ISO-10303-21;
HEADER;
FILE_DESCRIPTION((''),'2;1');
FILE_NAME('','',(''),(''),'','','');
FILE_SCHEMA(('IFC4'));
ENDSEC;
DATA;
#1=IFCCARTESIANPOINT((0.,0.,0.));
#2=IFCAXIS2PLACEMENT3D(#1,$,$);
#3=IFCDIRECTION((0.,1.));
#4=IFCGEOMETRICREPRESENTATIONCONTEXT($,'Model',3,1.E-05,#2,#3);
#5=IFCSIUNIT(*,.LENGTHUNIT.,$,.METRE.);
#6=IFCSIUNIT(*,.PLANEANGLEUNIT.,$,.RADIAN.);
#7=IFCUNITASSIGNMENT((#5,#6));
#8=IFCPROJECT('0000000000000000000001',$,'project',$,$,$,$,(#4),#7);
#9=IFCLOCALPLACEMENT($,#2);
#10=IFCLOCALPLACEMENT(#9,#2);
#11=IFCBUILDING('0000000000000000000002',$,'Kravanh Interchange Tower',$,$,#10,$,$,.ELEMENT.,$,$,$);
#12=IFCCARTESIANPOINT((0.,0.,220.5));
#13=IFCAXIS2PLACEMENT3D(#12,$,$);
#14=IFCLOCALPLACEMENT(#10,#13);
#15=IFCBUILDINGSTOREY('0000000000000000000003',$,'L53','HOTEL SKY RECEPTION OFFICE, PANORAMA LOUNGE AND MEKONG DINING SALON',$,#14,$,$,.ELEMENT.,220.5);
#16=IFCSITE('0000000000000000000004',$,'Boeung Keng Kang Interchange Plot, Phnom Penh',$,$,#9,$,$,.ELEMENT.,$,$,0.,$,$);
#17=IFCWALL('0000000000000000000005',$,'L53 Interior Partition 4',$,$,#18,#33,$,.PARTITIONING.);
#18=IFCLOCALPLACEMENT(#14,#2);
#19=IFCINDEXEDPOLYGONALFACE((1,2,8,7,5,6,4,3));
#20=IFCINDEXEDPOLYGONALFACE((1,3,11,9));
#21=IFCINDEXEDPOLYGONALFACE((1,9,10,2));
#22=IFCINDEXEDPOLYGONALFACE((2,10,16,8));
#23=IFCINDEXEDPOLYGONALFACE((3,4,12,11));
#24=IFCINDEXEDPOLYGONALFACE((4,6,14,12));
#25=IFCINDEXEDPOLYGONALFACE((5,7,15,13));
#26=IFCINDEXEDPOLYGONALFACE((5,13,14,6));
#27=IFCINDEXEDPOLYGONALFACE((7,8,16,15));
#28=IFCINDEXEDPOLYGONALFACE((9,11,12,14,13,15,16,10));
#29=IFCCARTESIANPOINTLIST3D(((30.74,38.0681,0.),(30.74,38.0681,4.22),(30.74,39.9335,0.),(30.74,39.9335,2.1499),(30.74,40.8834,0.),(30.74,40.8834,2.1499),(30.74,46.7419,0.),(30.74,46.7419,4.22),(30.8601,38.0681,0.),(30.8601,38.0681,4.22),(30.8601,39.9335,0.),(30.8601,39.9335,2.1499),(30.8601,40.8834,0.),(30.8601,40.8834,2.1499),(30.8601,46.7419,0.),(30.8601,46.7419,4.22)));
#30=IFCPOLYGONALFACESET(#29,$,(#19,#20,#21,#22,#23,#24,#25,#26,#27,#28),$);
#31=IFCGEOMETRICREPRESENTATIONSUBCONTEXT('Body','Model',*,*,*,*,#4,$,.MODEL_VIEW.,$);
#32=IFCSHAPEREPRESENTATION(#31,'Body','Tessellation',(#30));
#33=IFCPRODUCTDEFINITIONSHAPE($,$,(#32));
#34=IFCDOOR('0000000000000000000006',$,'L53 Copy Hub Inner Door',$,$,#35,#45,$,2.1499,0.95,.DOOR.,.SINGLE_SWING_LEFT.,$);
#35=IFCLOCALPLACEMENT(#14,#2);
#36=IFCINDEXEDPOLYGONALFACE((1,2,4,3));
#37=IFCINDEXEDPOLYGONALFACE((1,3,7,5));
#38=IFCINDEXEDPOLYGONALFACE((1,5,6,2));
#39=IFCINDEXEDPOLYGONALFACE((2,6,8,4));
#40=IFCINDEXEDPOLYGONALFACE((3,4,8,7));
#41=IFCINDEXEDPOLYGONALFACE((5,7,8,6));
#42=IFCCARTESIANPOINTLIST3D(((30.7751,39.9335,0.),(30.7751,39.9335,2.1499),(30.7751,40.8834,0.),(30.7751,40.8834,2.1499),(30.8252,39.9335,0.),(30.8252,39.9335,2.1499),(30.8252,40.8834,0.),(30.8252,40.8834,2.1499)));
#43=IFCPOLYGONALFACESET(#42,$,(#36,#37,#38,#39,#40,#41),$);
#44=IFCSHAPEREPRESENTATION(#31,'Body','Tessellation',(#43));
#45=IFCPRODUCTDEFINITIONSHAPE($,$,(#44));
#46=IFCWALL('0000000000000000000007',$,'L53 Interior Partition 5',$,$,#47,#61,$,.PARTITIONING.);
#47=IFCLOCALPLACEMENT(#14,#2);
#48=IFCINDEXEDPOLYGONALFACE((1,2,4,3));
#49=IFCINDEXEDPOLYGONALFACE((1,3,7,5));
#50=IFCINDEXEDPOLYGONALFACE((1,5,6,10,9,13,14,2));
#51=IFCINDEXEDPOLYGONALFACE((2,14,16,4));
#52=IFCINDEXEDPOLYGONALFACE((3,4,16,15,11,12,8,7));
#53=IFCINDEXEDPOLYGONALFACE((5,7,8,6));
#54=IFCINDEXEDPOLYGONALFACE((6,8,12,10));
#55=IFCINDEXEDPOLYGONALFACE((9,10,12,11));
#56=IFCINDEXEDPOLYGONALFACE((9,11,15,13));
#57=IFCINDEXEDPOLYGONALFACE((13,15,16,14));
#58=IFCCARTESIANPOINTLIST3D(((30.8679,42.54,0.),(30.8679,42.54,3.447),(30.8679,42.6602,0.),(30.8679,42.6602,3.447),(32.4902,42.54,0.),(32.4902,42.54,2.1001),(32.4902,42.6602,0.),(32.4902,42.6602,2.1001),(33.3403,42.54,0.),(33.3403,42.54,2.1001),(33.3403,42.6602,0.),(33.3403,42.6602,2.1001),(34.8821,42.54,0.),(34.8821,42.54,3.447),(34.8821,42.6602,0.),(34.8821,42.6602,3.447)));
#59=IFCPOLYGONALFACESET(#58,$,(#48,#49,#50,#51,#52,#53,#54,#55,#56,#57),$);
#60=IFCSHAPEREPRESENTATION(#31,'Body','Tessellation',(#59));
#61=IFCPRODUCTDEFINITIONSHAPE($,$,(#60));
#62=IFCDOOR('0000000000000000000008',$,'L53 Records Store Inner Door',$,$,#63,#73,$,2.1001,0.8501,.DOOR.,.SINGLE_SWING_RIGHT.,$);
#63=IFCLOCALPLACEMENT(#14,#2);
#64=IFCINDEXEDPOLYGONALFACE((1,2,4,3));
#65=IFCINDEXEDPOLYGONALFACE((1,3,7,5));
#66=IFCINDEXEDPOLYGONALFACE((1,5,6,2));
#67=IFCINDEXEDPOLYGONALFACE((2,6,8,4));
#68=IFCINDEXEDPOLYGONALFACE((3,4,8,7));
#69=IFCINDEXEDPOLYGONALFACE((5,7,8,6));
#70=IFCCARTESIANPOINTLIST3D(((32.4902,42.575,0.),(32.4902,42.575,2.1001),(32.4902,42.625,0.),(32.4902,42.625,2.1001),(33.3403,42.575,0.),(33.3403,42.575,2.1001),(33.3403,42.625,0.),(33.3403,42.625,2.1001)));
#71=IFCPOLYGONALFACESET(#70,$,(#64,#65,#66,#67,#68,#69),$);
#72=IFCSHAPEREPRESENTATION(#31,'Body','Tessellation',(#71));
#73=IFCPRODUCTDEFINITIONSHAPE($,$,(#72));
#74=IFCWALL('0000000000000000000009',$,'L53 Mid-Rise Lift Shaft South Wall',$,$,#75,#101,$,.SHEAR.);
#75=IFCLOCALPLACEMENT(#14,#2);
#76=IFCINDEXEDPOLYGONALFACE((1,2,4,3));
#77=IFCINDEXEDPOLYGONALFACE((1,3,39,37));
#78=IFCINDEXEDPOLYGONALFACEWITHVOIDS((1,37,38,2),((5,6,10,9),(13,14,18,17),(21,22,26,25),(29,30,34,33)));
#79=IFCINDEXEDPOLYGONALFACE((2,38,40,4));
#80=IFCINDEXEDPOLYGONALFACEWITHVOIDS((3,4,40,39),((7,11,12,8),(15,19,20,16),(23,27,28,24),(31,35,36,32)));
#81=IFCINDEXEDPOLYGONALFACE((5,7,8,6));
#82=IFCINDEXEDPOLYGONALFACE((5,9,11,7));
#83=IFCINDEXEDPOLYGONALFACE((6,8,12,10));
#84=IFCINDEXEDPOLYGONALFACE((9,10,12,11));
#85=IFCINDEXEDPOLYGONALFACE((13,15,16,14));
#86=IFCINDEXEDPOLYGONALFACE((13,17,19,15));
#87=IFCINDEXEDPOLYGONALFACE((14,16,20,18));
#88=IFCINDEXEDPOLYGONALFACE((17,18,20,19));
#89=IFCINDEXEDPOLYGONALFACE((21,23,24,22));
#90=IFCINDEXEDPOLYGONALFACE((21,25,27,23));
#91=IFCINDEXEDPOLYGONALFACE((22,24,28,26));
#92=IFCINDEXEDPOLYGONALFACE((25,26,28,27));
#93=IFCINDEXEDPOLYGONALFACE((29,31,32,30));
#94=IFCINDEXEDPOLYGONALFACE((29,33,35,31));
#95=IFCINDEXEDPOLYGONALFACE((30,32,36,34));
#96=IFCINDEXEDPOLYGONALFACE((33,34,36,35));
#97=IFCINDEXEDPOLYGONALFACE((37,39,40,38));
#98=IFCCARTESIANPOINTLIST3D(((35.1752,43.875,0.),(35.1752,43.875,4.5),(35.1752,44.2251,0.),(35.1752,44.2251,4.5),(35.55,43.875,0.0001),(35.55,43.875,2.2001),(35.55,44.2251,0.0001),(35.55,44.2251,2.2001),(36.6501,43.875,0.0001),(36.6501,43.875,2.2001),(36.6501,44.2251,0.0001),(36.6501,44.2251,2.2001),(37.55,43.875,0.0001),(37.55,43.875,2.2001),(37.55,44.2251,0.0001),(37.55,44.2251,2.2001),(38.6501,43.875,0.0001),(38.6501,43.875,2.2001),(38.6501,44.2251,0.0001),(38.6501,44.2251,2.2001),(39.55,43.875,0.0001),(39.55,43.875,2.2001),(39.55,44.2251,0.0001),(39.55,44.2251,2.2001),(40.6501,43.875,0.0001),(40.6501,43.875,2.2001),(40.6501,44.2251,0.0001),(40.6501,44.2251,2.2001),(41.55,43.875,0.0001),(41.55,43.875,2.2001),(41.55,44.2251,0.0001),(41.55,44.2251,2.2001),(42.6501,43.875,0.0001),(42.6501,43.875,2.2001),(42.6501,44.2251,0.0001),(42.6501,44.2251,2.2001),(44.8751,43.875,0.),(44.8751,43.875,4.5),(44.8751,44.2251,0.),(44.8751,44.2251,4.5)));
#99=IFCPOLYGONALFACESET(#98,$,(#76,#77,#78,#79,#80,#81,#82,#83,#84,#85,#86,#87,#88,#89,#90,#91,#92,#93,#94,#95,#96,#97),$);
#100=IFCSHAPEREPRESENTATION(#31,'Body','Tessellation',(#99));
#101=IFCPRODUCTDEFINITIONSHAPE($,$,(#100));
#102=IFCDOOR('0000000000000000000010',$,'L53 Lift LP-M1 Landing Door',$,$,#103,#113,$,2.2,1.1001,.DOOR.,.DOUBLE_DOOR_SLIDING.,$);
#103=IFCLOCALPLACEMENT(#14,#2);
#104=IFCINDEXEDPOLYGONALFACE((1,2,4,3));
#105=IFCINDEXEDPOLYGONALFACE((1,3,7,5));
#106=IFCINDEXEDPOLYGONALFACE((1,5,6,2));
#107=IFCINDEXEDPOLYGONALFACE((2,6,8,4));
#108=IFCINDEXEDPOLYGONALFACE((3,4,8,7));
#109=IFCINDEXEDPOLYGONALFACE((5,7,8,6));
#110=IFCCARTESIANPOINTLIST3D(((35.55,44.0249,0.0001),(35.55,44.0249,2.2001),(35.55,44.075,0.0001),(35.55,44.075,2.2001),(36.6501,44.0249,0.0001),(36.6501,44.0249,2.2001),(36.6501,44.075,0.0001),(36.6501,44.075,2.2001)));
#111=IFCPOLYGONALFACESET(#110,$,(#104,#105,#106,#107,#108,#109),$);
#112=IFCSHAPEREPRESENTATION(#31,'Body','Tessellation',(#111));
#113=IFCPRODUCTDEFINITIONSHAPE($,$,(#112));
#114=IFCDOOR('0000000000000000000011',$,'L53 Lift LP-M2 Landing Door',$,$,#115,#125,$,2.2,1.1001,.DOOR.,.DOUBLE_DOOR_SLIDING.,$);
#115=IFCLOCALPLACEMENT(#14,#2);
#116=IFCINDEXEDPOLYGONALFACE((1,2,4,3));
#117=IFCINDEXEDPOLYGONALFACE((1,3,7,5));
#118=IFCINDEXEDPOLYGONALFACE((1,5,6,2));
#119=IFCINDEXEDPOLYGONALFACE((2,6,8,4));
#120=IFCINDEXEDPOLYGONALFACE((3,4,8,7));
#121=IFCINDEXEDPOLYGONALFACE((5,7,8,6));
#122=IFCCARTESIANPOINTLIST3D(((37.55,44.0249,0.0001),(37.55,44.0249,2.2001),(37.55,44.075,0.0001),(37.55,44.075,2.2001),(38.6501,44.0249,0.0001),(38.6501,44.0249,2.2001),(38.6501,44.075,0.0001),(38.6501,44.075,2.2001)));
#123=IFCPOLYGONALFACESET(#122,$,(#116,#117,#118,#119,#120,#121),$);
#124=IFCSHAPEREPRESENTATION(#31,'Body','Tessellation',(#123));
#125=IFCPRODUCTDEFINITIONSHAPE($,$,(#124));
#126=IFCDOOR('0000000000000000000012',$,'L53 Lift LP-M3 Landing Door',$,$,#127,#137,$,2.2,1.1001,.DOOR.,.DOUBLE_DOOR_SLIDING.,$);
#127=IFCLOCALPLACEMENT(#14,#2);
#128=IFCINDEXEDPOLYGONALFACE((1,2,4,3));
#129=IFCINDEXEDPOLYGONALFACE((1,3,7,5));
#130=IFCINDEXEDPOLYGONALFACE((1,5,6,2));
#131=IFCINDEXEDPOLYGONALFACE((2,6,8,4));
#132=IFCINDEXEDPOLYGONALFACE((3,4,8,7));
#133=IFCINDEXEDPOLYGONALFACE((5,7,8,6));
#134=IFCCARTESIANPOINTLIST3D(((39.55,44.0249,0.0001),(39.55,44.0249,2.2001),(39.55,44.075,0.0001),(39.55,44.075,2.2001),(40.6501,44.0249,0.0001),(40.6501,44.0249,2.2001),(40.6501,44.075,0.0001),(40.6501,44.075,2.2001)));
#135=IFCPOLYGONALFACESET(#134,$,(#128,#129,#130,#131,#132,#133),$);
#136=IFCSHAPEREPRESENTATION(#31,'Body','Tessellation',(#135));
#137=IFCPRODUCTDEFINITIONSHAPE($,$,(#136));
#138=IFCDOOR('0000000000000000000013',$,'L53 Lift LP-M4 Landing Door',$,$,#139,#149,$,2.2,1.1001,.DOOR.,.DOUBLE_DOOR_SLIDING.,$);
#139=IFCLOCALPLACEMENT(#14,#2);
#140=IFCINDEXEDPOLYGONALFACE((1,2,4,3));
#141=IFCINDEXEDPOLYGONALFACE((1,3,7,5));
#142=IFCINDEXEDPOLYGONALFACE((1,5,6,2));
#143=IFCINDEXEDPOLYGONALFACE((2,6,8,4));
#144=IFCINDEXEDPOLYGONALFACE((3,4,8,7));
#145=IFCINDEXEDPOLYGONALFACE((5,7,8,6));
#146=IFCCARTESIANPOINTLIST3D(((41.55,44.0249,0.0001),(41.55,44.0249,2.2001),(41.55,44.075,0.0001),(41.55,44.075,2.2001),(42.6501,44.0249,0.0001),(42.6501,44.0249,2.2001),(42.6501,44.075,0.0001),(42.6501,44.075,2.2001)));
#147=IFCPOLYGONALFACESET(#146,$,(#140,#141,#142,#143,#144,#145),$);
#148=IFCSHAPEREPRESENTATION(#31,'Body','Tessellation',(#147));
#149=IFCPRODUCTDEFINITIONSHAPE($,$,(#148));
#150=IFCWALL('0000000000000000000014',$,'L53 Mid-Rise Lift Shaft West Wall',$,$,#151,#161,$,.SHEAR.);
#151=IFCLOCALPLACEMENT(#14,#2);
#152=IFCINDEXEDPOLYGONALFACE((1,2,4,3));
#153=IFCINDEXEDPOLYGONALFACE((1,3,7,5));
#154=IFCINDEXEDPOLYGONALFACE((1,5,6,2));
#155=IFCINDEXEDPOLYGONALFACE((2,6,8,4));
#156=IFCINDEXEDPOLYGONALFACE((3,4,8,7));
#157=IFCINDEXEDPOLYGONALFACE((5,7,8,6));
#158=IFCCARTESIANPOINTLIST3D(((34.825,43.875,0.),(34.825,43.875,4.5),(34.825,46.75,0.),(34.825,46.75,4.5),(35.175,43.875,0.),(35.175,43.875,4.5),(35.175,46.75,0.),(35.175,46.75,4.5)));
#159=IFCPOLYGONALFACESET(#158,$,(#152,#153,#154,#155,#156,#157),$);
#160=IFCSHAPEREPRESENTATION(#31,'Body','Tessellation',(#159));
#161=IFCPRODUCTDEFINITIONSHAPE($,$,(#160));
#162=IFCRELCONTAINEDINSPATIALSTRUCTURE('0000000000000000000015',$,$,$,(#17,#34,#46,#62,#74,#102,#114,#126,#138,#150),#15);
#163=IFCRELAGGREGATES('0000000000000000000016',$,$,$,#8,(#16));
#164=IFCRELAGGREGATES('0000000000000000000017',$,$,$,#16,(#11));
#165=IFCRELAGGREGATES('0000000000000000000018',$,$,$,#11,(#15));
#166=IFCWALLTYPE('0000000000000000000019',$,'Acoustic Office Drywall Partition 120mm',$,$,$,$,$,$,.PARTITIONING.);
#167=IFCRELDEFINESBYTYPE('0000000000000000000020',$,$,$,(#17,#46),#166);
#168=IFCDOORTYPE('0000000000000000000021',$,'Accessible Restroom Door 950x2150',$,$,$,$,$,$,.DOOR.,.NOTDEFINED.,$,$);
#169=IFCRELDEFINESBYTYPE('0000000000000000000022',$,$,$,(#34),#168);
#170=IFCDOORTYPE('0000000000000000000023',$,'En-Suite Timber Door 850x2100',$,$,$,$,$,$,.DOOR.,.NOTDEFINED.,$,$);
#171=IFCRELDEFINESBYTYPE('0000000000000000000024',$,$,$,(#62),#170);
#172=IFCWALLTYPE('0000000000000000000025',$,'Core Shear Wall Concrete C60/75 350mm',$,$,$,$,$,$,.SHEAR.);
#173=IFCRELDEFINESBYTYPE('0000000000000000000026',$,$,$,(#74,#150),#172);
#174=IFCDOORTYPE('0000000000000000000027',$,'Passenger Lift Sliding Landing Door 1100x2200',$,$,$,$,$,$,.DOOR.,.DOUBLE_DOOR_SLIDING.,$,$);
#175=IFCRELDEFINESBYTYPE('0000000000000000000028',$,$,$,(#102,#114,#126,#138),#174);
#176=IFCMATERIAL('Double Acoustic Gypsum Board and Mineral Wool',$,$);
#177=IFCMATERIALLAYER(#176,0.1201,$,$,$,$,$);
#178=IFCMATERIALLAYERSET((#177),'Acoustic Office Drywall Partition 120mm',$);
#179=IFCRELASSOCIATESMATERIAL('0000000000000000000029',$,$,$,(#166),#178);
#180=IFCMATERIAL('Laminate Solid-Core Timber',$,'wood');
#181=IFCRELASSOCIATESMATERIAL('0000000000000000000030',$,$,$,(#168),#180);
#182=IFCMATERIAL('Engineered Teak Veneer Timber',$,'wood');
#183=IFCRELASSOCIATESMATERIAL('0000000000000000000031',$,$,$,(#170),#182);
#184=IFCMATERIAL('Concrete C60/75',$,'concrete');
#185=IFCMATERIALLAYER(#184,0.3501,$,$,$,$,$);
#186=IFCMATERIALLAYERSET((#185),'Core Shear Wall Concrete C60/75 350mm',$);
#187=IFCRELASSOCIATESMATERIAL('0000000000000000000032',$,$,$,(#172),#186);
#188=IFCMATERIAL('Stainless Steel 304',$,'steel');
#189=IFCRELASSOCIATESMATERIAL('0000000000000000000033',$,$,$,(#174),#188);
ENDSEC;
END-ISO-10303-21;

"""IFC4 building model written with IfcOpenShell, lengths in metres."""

from ifc_helpers import new_model, si_unit, direction, frame, frame_2d, origin, place, context, subcontext, project, spatial, rectangle, extrude, material, layer, layer_set, type_object, element, fill, save


model = new_model("IFC4")

# Units and contexts
model_context = context("Model", 3, precision=1e-05, world=origin(), true_north=direction((0.0, 1.0)))
body_context = subcontext(model_context, "Body", "Model", "MODEL_VIEW")
ifc_project = project(units=[si_unit("LENGTHUNIT", "METRE"), si_unit("PLANEANGLEUNIT", "RADIAN")], contexts=[model_context])

# Site, building, storey
site_placement = place(None, origin())
site = spatial("IfcSite", under=ifc_project, at=site_placement, Name="Boeung Keng Kang Interchange Plot, Phnom Penh", CompositionType="ELEMENT", RefElevation=0.0)
building_placement = place(site_placement, origin())
building = spatial("IfcBuilding", under=site, at=building_placement, Name="Kravanh Interchange Tower", CompositionType="ELEMENT")
storey_placement = place(building_placement, frame((0.0, 0.0, 220.5)))
storey = spatial("IfcBuildingStorey", under=building, at=storey_placement, Name="L53", Description="HOTEL SKY RECEPTION OFFICE, PANORAMA LOUNGE AND MEKONG DINING SALON", CompositionType="ELEMENT", Elevation=220.5)

# Walls, openings, doors
ifc_material_1 = material(Name="Double Acoustic Gypsum Board and Mineral Wool")
ifc_layer_1 = layer(ifc_material_1, 0.1201)
ifc_layer_set_1 = layer_set([ifc_layer_1], Name="Acoustic Office Drywall Partition 120mm")
wall_type_1 = type_object("IfcWallType", Name="Acoustic Office Drywall Partition 120mm", PredefinedType="PARTITIONING", material=ifc_layer_set_1)
wall_1_placement = place(storey_placement, frame((30.8, 38.0681, 0.0), z_axis=(0.0, 0.0, 1.0), x_axis=(0.0, 1.0, 0.0)))
wall_1 = element("IfcWall", 1, at=wall_1_placement, inside=storey, type_object=wall_type_1, Name="L53 Interior Partition 4", PredefinedType="PARTITIONING", context=body_context, shape_type="SweptSolid", body=[
    extrude(rectangle(XDim=8.6738, YDim=0.1201, at=frame_2d((4.3369, 0.0))), origin(), (0.0, 0.0, 1.0), 4.22),
])
opening_1_placement = place(wall_1_placement, frame((1.8652, 0.0, 0.0)))
opening_1 = element("IfcOpeningElement", 2, at=opening_1_placement, cuts=wall_1, PredefinedType="OPENING", context=body_context, shape_type="SweptSolid", body=[
    extrude(rectangle(XDim=0.95, YDim=2.1499, at=frame_2d((0.4751, 1.075))), frame((0.0, 0.0701, 0.0), z_axis=(0.0, -1.0, 0.0), x_axis=(1.0, 0.0, 0.0)), (0.0, 0.0, 1.0), 0.1401),
])
ifc_material_2 = material(Name="Laminate Solid-Core Timber", Category="wood")
door_type_1 = type_object("IfcDoorType", Name="Accessible Restroom Door 950x2150", OperationType="NOTDEFINED", PredefinedType="DOOR", material=ifc_material_2)
door_1_placement = place(opening_1_placement, origin())
door_1 = element("IfcDoor", 3, at=door_1_placement, inside=storey, type_object=door_type_1, Name="L53 Copy Hub Inner Door", OperationType="SINGLE_SWING_LEFT", OverallHeight=2.1499, OverallWidth=0.95, PredefinedType="DOOR", context=body_context, shape_type="SweptSolid", body=[
    extrude(rectangle(XDim=0.95, YDim=2.1499, at=frame_2d((0.4751, 1.075))), frame((0.0, 0.0249, 0.0), z_axis=(0.0, -1.0, 0.0), x_axis=(1.0, 0.0, 0.0)), (0.0, 0.0, 1.0), 0.05),
])
fill(opening_1, door_1)
wall_2_placement = place(storey_placement, frame((30.8679, 42.6001, 0.0), z_axis=(0.0, 0.0, 1.0), x_axis=(1.0, 0.0, 0.0)))
wall_2 = element("IfcWall", 4, at=wall_2_placement, inside=storey, type_object=wall_type_1, Name="L53 Interior Partition 5", PredefinedType="PARTITIONING", context=body_context, shape_type="SweptSolid", body=[
    extrude(rectangle(XDim=4.0142, YDim=0.1201, at=frame_2d((2.0071, 0.0))), origin(), (0.0, 0.0, 1.0), 3.447),
])
opening_2_placement = place(wall_2_placement, frame((1.6223, 0.0, 0.0)))
opening_2 = element("IfcOpeningElement", 5, at=opening_2_placement, cuts=wall_2, PredefinedType="OPENING", context=body_context, shape_type="SweptSolid", body=[
    extrude(rectangle(XDim=0.8501, YDim=2.1001, at=frame_2d((0.425, 1.05))), frame((0.0, 0.0701, 0.0), z_axis=(0.0, -1.0, 0.0), x_axis=(1.0, 0.0, 0.0)), (0.0, 0.0, 1.0), 0.1401),
])
ifc_material_3 = material(Name="Engineered Teak Veneer Timber", Category="wood")
door_type_2 = type_object("IfcDoorType", Name="En-Suite Timber Door 850x2100", OperationType="NOTDEFINED", PredefinedType="DOOR", material=ifc_material_3)
door_2_placement = place(opening_2_placement, origin())
door_2 = element("IfcDoor", 6, at=door_2_placement, inside=storey, type_object=door_type_2, Name="L53 Records Store Inner Door", OperationType="SINGLE_SWING_RIGHT", OverallHeight=2.1001, OverallWidth=0.8501, PredefinedType="DOOR", context=body_context, shape_type="SweptSolid", body=[
    extrude(rectangle(XDim=0.8501, YDim=2.1001, at=frame_2d((0.425, 1.05))), frame((0.0, 0.0249, 0.0), z_axis=(0.0, -1.0, 0.0), x_axis=(1.0, 0.0, 0.0)), (0.0, 0.0, 1.0), 0.05),
])
fill(opening_2, door_2)

# Wall, openings, doors
ifc_material_4 = material(Name="Concrete C60/75", Category="concrete")
ifc_layer_2 = layer(ifc_material_4, 0.3501)
ifc_layer_set_2 = layer_set([ifc_layer_2], Name="Core Shear Wall Concrete C60/75 350mm")
wall_type_2 = type_object("IfcWallType", Name="Core Shear Wall Concrete C60/75 350mm", PredefinedType="SHEAR", material=ifc_layer_set_2)
wall_3_placement = place(storey_placement, frame((35.175, 44.05, 0.0), z_axis=(0.0, 0.0, 1.0), x_axis=(1.0, 0.0, 0.0)))
wall_3 = element("IfcWall", 7, at=wall_3_placement, inside=storey, type_object=wall_type_2, Name="L53 Mid-Rise Lift Shaft South Wall", PredefinedType="SHEAR", context=body_context, shape_type="SweptSolid", body=[
    extrude(rectangle(XDim=9.7, YDim=0.3501, at=frame_2d((4.8501, 0.0))), origin(), (0.0, 0.0, 1.0), 4.5),
])
opening_3_placement = place(wall_3_placement, frame((0.375, 0.0, 0.0)))
opening_3 = element("IfcOpeningElement", 8, at=opening_3_placement, cuts=wall_3, PredefinedType="OPENING", context=body_context, shape_type="SweptSolid", body=[
    extrude(rectangle(XDim=1.1001, YDim=2.2, at=frame_2d((0.55, 1.1001))), frame((0.0, 0.1851, 0.0), z_axis=(0.0, -1.0, 0.0), x_axis=(1.0, 0.0, 0.0)), (0.0, 0.0, 1.0), 0.3701),
])
opening_4_placement = place(wall_3_placement, frame((2.375, 0.0, 0.0)))
opening_4 = element("IfcOpeningElement", 9, at=opening_4_placement, cuts=wall_3, PredefinedType="OPENING", context=body_context, shape_type="SweptSolid", body=[
    extrude(rectangle(XDim=1.1001, YDim=2.2, at=frame_2d((0.55, 1.1001))), frame((0.0, 0.1851, 0.0), z_axis=(0.0, -1.0, 0.0), x_axis=(1.0, 0.0, 0.0)), (0.0, 0.0, 1.0), 0.3701),
])
opening_5_placement = place(wall_3_placement, frame((4.375, 0.0, 0.0)))
opening_5 = element("IfcOpeningElement", 10, at=opening_5_placement, cuts=wall_3, PredefinedType="OPENING", context=body_context, shape_type="SweptSolid", body=[
    extrude(rectangle(XDim=1.1001, YDim=2.2, at=frame_2d((0.55, 1.1001))), frame((0.0, 0.1851, 0.0), z_axis=(0.0, -1.0, 0.0), x_axis=(1.0, 0.0, 0.0)), (0.0, 0.0, 1.0), 0.3701),
])
opening_6_placement = place(wall_3_placement, frame((6.375, 0.0, 0.0)))
opening_6 = element("IfcOpeningElement", 11, at=opening_6_placement, cuts=wall_3, PredefinedType="OPENING", context=body_context, shape_type="SweptSolid", body=[
    extrude(rectangle(XDim=1.1001, YDim=2.2, at=frame_2d((0.55, 1.1001))), frame((0.0, 0.1851, 0.0), z_axis=(0.0, -1.0, 0.0), x_axis=(1.0, 0.0, 0.0)), (0.0, 0.0, 1.0), 0.3701),
])
ifc_material_5 = material(Name="Stainless Steel 304", Category="steel")
door_type_3 = type_object("IfcDoorType", Name="Passenger Lift Sliding Landing Door 1100x2200", OperationType="DOUBLE_DOOR_SLIDING", PredefinedType="DOOR", material=ifc_material_5)
door_3_placement = place(opening_3_placement, origin())
door_3 = element("IfcDoor", 12, at=door_3_placement, inside=storey, type_object=door_type_3, Name="L53 Lift LP-M1 Landing Door", OperationType="DOUBLE_DOOR_SLIDING", OverallHeight=2.2, OverallWidth=1.1001, PredefinedType="DOOR", context=body_context, shape_type="SweptSolid", body=[
    extrude(rectangle(XDim=1.1001, YDim=2.2, at=frame_2d((0.55, 1.1001))), frame((0.0, 0.0249, 0.0), z_axis=(0.0, -1.0, 0.0), x_axis=(1.0, 0.0, 0.0)), (0.0, 0.0, 1.0), 0.05),
])
fill(opening_3, door_3)
door_4_placement = place(opening_4_placement, origin())
door_4 = element("IfcDoor", 13, at=door_4_placement, inside=storey, type_object=door_type_3, Name="L53 Lift LP-M2 Landing Door", OperationType="DOUBLE_DOOR_SLIDING", OverallHeight=2.2, OverallWidth=1.1001, PredefinedType="DOOR", context=body_context, shape_type="SweptSolid", body=[
    extrude(rectangle(XDim=1.1001, YDim=2.2, at=frame_2d((0.55, 1.1001))), frame((0.0, 0.0249, 0.0), z_axis=(0.0, -1.0, 0.0), x_axis=(1.0, 0.0, 0.0)), (0.0, 0.0, 1.0), 0.05),
])
fill(opening_4, door_4)
door_5_placement = place(opening_5_placement, origin())
door_5 = element("IfcDoor", 14, at=door_5_placement, inside=storey, type_object=door_type_3, Name="L53 Lift LP-M3 Landing Door", OperationType="DOUBLE_DOOR_SLIDING", OverallHeight=2.2, OverallWidth=1.1001, PredefinedType="DOOR", context=body_context, shape_type="SweptSolid", body=[
    extrude(rectangle(XDim=1.1001, YDim=2.2, at=frame_2d((0.55, 1.1001))), frame((0.0, 0.0249, 0.0), z_axis=(0.0, -1.0, 0.0), x_axis=(1.0, 0.0, 0.0)), (0.0, 0.0, 1.0), 0.05),
])
fill(opening_5, door_5)
door_6_placement = place(opening_6_placement, origin())
door_6 = element("IfcDoor", 15, at=door_6_placement, inside=storey, type_object=door_type_3, Name="L53 Lift LP-M4 Landing Door", OperationType="DOUBLE_DOOR_SLIDING", OverallHeight=2.2, OverallWidth=1.1001, PredefinedType="DOOR", context=body_context, shape_type="SweptSolid", body=[
    extrude(rectangle(XDim=1.1001, YDim=2.2, at=frame_2d((0.55, 1.1001))), frame((0.0, 0.0249, 0.0), z_axis=(0.0, -1.0, 0.0), x_axis=(1.0, 0.0, 0.0)), (0.0, 0.0, 1.0), 0.05),
])
fill(opening_6, door_6)

# Wall
wall_4_placement = place(storey_placement, frame((35.0, 43.875, 0.0), z_axis=(0.0, 0.0, 1.0), x_axis=(0.0, 1.0, 0.0)))
element("IfcWall", 16, at=wall_4_placement, inside=storey, type_object=wall_type_2, Name="L53 Mid-Rise Lift Shaft West Wall", PredefinedType="SHEAR", context=body_context, shape_type="SweptSolid", body=[
    extrude(rectangle(XDim=2.875, YDim=0.3501, at=frame_2d((1.4375, 0.0))), origin(), (0.0, 0.0, 1.0), 4.5),
])

save(model, "model.ifc")
